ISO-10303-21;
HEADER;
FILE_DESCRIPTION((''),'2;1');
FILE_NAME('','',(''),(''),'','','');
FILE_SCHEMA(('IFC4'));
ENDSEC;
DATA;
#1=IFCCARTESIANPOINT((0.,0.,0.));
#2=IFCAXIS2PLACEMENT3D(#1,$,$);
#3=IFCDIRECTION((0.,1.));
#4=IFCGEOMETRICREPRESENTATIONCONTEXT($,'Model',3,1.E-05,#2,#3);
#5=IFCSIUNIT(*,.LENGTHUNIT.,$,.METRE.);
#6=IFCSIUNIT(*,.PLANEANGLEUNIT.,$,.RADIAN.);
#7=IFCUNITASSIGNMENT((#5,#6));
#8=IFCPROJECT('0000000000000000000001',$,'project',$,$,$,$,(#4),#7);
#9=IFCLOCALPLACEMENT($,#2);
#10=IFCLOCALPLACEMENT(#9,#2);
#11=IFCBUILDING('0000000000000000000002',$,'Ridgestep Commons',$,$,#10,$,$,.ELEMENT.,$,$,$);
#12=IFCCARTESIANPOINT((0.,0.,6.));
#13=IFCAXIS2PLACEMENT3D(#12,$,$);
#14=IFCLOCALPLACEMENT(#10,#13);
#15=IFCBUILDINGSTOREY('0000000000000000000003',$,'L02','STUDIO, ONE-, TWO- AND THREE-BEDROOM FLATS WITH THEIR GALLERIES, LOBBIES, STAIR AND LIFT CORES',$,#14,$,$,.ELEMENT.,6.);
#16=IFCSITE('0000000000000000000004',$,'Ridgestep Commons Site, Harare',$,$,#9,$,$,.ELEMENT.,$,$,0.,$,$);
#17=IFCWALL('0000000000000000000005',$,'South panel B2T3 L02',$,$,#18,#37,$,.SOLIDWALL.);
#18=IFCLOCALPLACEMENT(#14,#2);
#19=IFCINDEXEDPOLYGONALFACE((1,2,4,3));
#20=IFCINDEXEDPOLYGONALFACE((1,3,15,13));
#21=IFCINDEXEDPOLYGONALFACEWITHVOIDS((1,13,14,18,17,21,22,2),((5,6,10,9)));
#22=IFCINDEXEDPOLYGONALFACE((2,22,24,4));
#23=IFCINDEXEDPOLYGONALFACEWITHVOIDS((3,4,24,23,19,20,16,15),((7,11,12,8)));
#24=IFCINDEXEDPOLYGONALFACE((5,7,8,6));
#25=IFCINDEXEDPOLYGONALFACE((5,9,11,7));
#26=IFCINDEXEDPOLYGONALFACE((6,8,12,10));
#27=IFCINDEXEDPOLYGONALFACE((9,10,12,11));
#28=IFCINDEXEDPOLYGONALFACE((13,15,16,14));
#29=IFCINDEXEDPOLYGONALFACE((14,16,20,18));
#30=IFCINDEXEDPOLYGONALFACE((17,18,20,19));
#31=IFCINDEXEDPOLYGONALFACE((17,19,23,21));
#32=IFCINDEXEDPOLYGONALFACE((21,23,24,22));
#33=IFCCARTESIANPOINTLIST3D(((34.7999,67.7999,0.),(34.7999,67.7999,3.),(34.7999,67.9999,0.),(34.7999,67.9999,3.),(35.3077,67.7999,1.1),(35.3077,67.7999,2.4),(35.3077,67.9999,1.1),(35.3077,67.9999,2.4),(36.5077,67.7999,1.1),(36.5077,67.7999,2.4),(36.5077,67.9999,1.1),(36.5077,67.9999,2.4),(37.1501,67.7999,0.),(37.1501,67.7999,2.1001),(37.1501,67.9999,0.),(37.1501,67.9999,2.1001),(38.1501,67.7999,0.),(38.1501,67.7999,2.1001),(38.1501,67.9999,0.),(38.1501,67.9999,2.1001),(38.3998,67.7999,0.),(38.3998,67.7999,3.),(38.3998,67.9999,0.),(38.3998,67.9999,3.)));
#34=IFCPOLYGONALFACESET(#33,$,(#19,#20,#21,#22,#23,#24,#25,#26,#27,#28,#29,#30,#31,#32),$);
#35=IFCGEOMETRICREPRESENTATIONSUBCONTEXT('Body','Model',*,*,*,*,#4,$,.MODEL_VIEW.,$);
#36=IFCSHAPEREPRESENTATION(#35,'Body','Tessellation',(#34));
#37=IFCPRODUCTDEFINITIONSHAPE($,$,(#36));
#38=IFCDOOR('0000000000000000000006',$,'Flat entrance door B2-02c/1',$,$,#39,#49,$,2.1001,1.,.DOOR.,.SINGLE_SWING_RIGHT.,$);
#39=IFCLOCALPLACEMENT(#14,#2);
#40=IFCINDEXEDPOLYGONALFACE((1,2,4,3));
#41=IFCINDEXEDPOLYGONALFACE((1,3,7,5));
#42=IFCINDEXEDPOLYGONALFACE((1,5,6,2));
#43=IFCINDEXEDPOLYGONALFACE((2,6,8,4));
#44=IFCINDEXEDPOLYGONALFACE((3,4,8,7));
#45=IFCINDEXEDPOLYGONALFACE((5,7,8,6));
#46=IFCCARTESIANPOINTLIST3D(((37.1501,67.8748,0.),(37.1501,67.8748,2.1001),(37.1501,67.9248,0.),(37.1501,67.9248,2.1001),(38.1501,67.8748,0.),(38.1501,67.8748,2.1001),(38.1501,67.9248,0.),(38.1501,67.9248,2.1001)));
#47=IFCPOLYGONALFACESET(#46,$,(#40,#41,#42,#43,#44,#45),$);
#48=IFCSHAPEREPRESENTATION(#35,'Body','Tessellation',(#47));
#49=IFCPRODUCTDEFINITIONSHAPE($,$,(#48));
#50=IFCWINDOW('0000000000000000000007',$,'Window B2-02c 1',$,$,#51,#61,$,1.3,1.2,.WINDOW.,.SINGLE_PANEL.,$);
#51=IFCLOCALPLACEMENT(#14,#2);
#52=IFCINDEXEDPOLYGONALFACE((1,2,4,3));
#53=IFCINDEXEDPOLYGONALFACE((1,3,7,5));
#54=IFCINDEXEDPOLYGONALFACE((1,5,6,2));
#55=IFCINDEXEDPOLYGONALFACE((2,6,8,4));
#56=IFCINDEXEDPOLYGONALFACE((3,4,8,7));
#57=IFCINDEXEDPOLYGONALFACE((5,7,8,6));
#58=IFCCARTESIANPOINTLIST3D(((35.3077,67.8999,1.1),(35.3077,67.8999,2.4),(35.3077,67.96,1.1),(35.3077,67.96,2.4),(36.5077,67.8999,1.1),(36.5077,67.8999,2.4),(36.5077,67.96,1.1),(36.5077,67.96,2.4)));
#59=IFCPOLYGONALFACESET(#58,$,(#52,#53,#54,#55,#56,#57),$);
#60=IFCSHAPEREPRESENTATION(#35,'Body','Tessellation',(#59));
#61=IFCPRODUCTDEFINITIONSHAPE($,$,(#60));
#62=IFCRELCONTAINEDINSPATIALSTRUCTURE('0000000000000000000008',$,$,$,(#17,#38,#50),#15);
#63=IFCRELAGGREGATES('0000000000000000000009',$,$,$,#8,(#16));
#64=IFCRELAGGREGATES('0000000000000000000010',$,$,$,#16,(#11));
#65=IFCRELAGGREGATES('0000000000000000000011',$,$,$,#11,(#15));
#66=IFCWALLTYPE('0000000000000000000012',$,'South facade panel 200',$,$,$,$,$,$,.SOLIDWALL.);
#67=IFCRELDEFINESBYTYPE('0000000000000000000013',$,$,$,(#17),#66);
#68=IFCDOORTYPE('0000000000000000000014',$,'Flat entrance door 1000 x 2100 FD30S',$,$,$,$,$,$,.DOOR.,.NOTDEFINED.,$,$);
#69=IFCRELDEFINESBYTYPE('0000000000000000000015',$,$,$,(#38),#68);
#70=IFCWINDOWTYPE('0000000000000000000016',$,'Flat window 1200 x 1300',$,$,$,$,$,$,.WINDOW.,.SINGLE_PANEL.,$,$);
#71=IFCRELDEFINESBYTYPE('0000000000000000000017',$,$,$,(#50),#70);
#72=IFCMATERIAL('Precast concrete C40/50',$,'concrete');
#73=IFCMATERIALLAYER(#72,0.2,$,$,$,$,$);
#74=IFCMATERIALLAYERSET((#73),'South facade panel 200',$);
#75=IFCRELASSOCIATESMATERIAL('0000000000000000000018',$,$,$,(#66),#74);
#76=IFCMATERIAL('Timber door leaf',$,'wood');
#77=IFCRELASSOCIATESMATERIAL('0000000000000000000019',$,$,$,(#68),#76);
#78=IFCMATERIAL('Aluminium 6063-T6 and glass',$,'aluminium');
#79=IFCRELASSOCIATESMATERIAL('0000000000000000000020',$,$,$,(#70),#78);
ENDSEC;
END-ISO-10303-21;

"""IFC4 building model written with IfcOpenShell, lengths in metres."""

from ifc_helpers import new_model, si_unit, direction, frame, frame_2d, origin, place, context, subcontext, project, spatial, rectangle, extrude, material, layer, layer_set, type_object, element, fill, save


model = new_model("IFC4")

# Units and contexts
model_context = context("Model", 3, precision=1e-05, world=origin(), true_north=direction((0.0, 1.0)))
body_context = subcontext(model_context, "Body", "Model", "MODEL_VIEW")
ifc_project = project(units=[si_unit("LENGTHUNIT", "METRE"), si_unit("PLANEANGLEUNIT", "RADIAN")], contexts=[model_context])

# Site, building, storey
site_placement = place(None, origin())
site = spatial("IfcSite", under=ifc_project, at=site_placement, Name="Ridgestep Commons Site, Harare", CompositionType="ELEMENT", RefElevation=0.0)
building_placement = place(site_placement, origin())
building = spatial("IfcBuilding", under=site, at=building_placement, Name="Ridgestep Commons", CompositionType="ELEMENT")
storey_placement = place(building_placement, frame((0.0, 0.0, 6.0)))
storey = spatial("IfcBuildingStorey", under=building, at=storey_placement, Name="L02", Description="STUDIO, ONE-, TWO- AND THREE-BEDROOM FLATS WITH THEIR GALLERIES, LOBBIES, STAIR AND LIFT CORES", CompositionType="ELEMENT", Elevation=6.0)

# Shared definitions
ifc_material_1 = material(Name="Precast concrete C40/50", Category="concrete")
ifc_layer_1 = layer(ifc_material_1, 0.2)
ifc_layer_set_1 = layer_set([ifc_layer_1], Name="South facade panel 200")
wall_type_1 = type_object("IfcWallType", Name="South facade panel 200", PredefinedType="SOLIDWALL", material=ifc_layer_set_1)

# Wall, openings, door, window
ifc_material_2 = material(Name="Timber door leaf", Category="wood")
door_type_1 = type_object("IfcDoorType", Name="Flat entrance door 1000 x 2100 FD30S", OperationType="NOTDEFINED", PredefinedType="DOOR", material=ifc_material_2)
ifc_material_3 = material(Name="Aluminium 6063-T6 and glass", Category="aluminium")
window_type_1 = type_object("IfcWindowType", Name="Flat window 1200 x 1300", PartitioningType="SINGLE_PANEL", PredefinedType="WINDOW", material=ifc_material_3)
wall_1_placement = place(storey_placement, frame((34.8, 67.8999, 0.0), z_axis=(0.0, 0.0, 1.0), x_axis=(1.0, 0.0, 0.0)))
wall_1 = element("IfcWall", 1, at=wall_1_placement, inside=storey, type_object=wall_type_1, Name="South panel B2T3 L02", PredefinedType="SOLIDWALL", context=body_context, shape_type="SweptSolid", body=[
    extrude(rectangle(XDim=3.5999, YDim=0.2, at=frame_2d((1.7998, 0.0))), origin(), (0.0, 0.0, 1.0), 3.0),
])
opening_1_placement = place(wall_1_placement, frame((0.5076, 0.0, 1.1001)))
opening_1 = element("IfcOpeningElement", 2, at=opening_1_placement, cuts=wall_1, PredefinedType="OPENING", context=body_context, shape_type="SweptSolid", body=[
    extrude(rectangle(XDim=1.2, YDim=1.3, at=frame_2d((0.6001, 0.6499))), frame((0.0, 0.1099, 0.0), z_axis=(0.0, -1.0, 0.0), x_axis=(1.0, 0.0, 0.0)), (0.0, 0.0, 1.0), 0.22),
])
opening_2_placement = place(wall_1_placement, frame((2.3501, 0.0, 0.0)))
opening_2 = element("IfcOpeningElement", 3, at=opening_2_placement, cuts=wall_1, PredefinedType="OPENING", context=body_context, shape_type="SweptSolid", body=[
    extrude(rectangle(XDim=1.0, YDim=2.1001, at=frame_2d((0.5, 1.05))), frame((0.0, 0.1099, 0.0), z_axis=(0.0, -1.0, 0.0), x_axis=(1.0, 0.0, 0.0)), (0.0, 0.0, 1.0), 0.22),
])
door_1_placement = place(opening_2_placement, origin())
door_1 = element("IfcDoor", 4, at=door_1_placement, inside=storey, type_object=door_type_1, Name="Flat entrance door B2-02c/1", OperationType="SINGLE_SWING_RIGHT", OverallHeight=2.1001, OverallWidth=1.0, PredefinedType="DOOR", context=body_context, shape_type="SweptSolid", body=[
    extrude(rectangle(XDim=1.0, YDim=2.1001, at=frame_2d((0.5, 1.05))), frame((0.0, 0.0249, 0.0), z_axis=(0.0, -1.0, 0.0), x_axis=(1.0, 0.0, 0.0)), (0.0, 0.0, 1.0), 0.05),
])
fill(opening_2, door_1)
window_1_placement = place(opening_1_placement, origin())
window_1 = element("IfcWindow", 5, at=window_1_placement, inside=storey, type_object=window_type_1, Name="Window B2-02c 1", OverallHeight=1.3, OverallWidth=1.2, PartitioningType="SINGLE_PANEL", PredefinedType="WINDOW", context=body_context, shape_type="SweptSolid", body=[
    extrude(rectangle(XDim=1.2, YDim=1.3, at=frame_2d((0.6001, 0.6499))), frame((0.0, 0.0601, 0.0), z_axis=(0.0, -1.0, 0.0), x_axis=(1.0, 0.0, 0.0)), (0.0, 0.0, 1.0), 0.0601),
])
fill(opening_1, window_1)

save(model, "model.ifc")
